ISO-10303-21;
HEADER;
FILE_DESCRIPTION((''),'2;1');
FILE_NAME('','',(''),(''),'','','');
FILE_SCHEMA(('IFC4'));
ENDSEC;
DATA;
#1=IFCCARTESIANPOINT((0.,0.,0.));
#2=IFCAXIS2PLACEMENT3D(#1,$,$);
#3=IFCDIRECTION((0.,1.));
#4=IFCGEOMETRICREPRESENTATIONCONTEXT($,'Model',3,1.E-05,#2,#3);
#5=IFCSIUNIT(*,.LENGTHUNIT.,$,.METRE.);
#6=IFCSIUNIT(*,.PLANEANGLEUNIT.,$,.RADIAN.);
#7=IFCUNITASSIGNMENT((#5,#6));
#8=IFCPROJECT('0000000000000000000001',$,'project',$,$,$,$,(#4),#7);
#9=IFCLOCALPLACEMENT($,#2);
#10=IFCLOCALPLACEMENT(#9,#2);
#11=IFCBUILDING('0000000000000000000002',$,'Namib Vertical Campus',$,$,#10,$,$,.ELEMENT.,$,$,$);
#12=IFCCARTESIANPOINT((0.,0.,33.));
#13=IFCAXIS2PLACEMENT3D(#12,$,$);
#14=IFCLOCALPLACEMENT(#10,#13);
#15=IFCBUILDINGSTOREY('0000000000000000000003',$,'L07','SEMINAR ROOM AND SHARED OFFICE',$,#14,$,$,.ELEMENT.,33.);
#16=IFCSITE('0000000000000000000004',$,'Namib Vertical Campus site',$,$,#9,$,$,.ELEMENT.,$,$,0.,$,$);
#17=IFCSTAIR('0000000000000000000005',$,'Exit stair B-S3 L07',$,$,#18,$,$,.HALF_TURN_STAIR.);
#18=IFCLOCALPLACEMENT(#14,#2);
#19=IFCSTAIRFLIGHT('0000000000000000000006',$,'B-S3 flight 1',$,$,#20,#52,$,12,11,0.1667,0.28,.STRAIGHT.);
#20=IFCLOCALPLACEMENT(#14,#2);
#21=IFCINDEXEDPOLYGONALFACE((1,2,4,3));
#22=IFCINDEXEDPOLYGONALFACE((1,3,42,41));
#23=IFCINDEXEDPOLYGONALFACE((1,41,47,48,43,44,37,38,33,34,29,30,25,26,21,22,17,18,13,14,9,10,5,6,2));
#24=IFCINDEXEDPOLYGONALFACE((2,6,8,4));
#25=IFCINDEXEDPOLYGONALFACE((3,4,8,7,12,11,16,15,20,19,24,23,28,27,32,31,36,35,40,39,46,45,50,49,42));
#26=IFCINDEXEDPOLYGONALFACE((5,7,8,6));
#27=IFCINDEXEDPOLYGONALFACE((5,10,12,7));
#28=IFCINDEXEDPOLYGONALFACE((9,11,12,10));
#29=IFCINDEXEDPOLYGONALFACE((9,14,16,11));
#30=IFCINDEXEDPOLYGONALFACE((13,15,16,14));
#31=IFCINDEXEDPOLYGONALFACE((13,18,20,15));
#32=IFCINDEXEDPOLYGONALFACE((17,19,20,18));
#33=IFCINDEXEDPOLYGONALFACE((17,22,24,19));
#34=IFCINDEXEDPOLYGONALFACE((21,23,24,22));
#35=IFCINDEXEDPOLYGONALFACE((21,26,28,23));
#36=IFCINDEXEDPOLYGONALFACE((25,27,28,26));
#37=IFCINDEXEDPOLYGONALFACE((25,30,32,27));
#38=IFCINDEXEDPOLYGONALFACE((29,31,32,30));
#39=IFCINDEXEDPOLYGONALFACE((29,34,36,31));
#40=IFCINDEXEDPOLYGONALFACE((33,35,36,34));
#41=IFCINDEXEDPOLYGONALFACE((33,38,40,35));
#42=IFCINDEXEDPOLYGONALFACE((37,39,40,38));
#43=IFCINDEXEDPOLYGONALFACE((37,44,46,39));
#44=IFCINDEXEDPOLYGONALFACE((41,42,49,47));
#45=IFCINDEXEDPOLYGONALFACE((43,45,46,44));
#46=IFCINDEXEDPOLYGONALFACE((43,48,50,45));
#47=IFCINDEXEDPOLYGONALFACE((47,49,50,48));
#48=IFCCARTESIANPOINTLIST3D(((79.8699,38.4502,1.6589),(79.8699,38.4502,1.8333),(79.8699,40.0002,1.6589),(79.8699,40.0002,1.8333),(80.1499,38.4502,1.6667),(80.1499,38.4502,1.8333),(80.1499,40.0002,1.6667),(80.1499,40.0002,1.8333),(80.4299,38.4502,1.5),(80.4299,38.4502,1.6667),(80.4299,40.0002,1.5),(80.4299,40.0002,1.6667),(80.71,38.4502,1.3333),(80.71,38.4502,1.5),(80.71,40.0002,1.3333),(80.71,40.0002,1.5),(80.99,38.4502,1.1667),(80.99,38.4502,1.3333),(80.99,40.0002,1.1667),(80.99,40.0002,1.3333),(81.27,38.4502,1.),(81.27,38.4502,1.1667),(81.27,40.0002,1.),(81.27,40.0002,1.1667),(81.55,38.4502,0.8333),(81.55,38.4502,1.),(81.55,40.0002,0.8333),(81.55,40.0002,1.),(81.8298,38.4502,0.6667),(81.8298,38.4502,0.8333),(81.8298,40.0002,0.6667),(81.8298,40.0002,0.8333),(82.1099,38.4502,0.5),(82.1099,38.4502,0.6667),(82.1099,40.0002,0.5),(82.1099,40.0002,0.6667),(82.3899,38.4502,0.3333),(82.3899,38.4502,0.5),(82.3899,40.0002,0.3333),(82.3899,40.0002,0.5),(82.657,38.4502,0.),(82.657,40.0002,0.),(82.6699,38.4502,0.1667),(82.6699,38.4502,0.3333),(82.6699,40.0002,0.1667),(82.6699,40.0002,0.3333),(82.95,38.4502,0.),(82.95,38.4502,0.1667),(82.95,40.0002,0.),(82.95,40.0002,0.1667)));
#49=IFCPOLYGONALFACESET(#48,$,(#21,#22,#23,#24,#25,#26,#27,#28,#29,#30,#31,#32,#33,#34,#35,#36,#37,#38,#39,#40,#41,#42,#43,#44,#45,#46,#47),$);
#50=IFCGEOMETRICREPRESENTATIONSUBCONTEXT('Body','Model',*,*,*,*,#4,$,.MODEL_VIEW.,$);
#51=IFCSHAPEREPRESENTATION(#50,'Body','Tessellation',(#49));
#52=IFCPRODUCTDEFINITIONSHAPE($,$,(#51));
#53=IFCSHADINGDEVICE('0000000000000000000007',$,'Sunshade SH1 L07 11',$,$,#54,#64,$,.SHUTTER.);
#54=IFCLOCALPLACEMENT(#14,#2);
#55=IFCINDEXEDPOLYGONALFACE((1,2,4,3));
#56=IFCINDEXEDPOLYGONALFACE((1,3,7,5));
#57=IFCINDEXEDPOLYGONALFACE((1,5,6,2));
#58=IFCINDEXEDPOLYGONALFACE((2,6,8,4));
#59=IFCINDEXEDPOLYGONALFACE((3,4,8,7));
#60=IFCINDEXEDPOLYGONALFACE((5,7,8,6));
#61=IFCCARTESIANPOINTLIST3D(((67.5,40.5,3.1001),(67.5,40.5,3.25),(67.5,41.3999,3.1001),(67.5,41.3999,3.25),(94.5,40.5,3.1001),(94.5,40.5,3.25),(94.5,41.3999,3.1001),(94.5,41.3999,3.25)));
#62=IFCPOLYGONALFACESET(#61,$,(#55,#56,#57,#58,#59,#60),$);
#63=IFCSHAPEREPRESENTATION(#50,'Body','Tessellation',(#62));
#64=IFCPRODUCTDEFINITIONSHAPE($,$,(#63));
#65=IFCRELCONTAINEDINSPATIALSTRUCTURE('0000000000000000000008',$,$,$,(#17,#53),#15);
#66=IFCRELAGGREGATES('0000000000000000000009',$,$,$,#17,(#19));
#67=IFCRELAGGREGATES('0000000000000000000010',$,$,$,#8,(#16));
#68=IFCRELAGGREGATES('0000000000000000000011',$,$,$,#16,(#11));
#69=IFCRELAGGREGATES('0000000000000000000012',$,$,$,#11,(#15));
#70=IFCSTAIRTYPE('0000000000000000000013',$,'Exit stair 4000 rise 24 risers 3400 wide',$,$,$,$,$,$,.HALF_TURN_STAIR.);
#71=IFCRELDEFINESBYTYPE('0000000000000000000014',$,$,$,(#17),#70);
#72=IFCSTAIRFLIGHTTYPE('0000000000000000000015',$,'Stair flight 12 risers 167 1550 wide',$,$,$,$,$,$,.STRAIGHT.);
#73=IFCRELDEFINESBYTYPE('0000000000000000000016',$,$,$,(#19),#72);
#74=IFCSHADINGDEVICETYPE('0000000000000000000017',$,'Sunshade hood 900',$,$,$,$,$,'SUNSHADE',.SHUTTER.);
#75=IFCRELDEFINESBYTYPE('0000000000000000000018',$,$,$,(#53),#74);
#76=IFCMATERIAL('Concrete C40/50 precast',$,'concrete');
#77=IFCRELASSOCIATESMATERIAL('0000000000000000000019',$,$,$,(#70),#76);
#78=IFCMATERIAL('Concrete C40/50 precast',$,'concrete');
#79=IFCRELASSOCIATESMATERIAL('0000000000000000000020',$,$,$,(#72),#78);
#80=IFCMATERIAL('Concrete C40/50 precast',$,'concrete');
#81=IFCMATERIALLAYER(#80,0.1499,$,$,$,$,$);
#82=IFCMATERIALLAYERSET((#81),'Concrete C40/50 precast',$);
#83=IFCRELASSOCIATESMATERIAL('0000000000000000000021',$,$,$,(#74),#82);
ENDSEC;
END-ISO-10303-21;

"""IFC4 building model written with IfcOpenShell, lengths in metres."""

from ifc_helpers import new_model, si_unit, direction, frame, origin, origin_2d, place, context, subcontext, project, spatial, polyline, rectangle, outline, extrude, material, layer, layer_set, type_object, element, aggregate, save


model = new_model("IFC4")

# Units and contexts
model_context = context("Model", 3, precision=1e-05, world=origin(), true_north=direction((0.0, 1.0)))
body_context = subcontext(model_context, "Body", "Model", "MODEL_VIEW")
ifc_project = project(units=[si_unit("LENGTHUNIT", "METRE"), si_unit("PLANEANGLEUNIT", "RADIAN")], contexts=[model_context])

# Site, building, storey
site_placement = place(None, origin())
site = spatial("IfcSite", under=ifc_project, at=site_placement, Name="Namib Vertical Campus site", CompositionType="ELEMENT", RefElevation=0.0)
building_placement = place(site_placement, origin())
building = spatial("IfcBuilding", under=site, at=building_placement, Name="Namib Vertical Campus", CompositionType="ELEMENT")
storey_placement = place(building_placement, frame((0.0, 0.0, 33.0)))
storey = spatial("IfcBuildingStorey", under=building, at=storey_placement, Name="L07", Description="SEMINAR ROOM AND SHARED OFFICE", CompositionType="ELEMENT", Elevation=33.0)

# Shared definitions
ifc_material_1 = material(Name="Concrete C40/50 precast", Category="concrete")
stair_type = type_object("IfcStairType", Name="Exit stair 4000 rise 24 risers 3400 wide", PredefinedType="HALF_TURN_STAIR", material=ifc_material_1)
ifc_material_2 = material(Name="Concrete C40/50 precast", Category="concrete")
stair_flight_type = type_object("IfcStairFlightType", Name="Stair flight 12 risers 167 1550 wide", PredefinedType="STRAIGHT", material=ifc_material_2)

# Stair, stair flight
stair_1_placement = place(storey_placement, origin())
stair_1 = element("IfcStair", 1, at=stair_1_placement, inside=storey, type_object=stair_type, Name="Exit stair B-S3 L07", PredefinedType="HALF_TURN_STAIR")
stair_flight_1_placement = place(storey_placement, frame((82.95, 39.2251, 0.0), z_axis=(0.0, 0.0, 1.0), x_axis=(-1.0, 0.0, 0.0)))
stair_flight_1 = element("IfcStairFlight", 2, at=stair_flight_1_placement, type_object=stair_flight_type, Name="B-S3 flight 1", NumberOfRisers=12, NumberOfTreads=11, PredefinedType="STRAIGHT", RiserHeight=0.1667, TreadLength=0.28, context=body_context, shape_type="SweptSolid", body=[
    extrude(outline(polyline([(0.0, 0.0), (0.0, 0.1667), (0.28, 0.1667), (0.28, 0.3333), (0.5601, 0.3333), (0.5601, 0.5), (0.8401, 0.5), (0.8401, 0.6667), (1.1201, 0.6667), (1.1201, 0.8333), (1.3999, 0.8333), (1.3999, 1.0), (1.6799, 1.0), (1.6799, 1.1667), (1.96, 1.1667), (1.96, 1.3333), (2.24, 1.3333), (2.24, 1.5), (2.52, 1.5), (2.52, 1.6667), (2.8, 1.6667), (2.8, 1.8333), (3.0801, 1.8333), (3.0801, 2.0), (3.0801, 1.6589), (0.293, 0.0), (0.0, 0.0)])), frame((0.0, 0.7749, 0.0), z_axis=(0.0, -1.0, 0.0), x_axis=(1.0, 0.0, 0.0)), (0.0, 0.0, 1.0), 1.55),
])
aggregate(stair_1, [stair_flight_1])

# Shading device
ifc_material_3 = material(Name="Concrete C40/50 precast", Category="concrete")
ifc_layer_1 = layer(ifc_material_3, 0.1499)
ifc_layer_set_1 = layer_set([ifc_layer_1], Name="Concrete C40/50 precast")
shading_device_type = type_object("IfcShadingDeviceType", Name="Sunshade hood 900", ElementType="SUNSHADE", PredefinedType="SHUTTER", material=ifc_layer_set_1)
shading_device_placement = place(storey_placement, frame((81.0, 40.95, 3.1001), z_axis=(0.0, 0.0, 1.0), x_axis=(-1.0, 0.0, 0.0)))
element("IfcShadingDevice", 3, at=shading_device_placement, inside=storey, type_object=shading_device_type, Name="Sunshade SH1 L07 11", PredefinedType="SHUTTER", context=body_context, shape_type="SweptSolid", body=[
    extrude(rectangle(XDim=27.0, YDim=0.8999, at=origin_2d()), origin(), (0.0, 0.0, 1.0), 0.1499),
])

save(model, "model.ifc")
